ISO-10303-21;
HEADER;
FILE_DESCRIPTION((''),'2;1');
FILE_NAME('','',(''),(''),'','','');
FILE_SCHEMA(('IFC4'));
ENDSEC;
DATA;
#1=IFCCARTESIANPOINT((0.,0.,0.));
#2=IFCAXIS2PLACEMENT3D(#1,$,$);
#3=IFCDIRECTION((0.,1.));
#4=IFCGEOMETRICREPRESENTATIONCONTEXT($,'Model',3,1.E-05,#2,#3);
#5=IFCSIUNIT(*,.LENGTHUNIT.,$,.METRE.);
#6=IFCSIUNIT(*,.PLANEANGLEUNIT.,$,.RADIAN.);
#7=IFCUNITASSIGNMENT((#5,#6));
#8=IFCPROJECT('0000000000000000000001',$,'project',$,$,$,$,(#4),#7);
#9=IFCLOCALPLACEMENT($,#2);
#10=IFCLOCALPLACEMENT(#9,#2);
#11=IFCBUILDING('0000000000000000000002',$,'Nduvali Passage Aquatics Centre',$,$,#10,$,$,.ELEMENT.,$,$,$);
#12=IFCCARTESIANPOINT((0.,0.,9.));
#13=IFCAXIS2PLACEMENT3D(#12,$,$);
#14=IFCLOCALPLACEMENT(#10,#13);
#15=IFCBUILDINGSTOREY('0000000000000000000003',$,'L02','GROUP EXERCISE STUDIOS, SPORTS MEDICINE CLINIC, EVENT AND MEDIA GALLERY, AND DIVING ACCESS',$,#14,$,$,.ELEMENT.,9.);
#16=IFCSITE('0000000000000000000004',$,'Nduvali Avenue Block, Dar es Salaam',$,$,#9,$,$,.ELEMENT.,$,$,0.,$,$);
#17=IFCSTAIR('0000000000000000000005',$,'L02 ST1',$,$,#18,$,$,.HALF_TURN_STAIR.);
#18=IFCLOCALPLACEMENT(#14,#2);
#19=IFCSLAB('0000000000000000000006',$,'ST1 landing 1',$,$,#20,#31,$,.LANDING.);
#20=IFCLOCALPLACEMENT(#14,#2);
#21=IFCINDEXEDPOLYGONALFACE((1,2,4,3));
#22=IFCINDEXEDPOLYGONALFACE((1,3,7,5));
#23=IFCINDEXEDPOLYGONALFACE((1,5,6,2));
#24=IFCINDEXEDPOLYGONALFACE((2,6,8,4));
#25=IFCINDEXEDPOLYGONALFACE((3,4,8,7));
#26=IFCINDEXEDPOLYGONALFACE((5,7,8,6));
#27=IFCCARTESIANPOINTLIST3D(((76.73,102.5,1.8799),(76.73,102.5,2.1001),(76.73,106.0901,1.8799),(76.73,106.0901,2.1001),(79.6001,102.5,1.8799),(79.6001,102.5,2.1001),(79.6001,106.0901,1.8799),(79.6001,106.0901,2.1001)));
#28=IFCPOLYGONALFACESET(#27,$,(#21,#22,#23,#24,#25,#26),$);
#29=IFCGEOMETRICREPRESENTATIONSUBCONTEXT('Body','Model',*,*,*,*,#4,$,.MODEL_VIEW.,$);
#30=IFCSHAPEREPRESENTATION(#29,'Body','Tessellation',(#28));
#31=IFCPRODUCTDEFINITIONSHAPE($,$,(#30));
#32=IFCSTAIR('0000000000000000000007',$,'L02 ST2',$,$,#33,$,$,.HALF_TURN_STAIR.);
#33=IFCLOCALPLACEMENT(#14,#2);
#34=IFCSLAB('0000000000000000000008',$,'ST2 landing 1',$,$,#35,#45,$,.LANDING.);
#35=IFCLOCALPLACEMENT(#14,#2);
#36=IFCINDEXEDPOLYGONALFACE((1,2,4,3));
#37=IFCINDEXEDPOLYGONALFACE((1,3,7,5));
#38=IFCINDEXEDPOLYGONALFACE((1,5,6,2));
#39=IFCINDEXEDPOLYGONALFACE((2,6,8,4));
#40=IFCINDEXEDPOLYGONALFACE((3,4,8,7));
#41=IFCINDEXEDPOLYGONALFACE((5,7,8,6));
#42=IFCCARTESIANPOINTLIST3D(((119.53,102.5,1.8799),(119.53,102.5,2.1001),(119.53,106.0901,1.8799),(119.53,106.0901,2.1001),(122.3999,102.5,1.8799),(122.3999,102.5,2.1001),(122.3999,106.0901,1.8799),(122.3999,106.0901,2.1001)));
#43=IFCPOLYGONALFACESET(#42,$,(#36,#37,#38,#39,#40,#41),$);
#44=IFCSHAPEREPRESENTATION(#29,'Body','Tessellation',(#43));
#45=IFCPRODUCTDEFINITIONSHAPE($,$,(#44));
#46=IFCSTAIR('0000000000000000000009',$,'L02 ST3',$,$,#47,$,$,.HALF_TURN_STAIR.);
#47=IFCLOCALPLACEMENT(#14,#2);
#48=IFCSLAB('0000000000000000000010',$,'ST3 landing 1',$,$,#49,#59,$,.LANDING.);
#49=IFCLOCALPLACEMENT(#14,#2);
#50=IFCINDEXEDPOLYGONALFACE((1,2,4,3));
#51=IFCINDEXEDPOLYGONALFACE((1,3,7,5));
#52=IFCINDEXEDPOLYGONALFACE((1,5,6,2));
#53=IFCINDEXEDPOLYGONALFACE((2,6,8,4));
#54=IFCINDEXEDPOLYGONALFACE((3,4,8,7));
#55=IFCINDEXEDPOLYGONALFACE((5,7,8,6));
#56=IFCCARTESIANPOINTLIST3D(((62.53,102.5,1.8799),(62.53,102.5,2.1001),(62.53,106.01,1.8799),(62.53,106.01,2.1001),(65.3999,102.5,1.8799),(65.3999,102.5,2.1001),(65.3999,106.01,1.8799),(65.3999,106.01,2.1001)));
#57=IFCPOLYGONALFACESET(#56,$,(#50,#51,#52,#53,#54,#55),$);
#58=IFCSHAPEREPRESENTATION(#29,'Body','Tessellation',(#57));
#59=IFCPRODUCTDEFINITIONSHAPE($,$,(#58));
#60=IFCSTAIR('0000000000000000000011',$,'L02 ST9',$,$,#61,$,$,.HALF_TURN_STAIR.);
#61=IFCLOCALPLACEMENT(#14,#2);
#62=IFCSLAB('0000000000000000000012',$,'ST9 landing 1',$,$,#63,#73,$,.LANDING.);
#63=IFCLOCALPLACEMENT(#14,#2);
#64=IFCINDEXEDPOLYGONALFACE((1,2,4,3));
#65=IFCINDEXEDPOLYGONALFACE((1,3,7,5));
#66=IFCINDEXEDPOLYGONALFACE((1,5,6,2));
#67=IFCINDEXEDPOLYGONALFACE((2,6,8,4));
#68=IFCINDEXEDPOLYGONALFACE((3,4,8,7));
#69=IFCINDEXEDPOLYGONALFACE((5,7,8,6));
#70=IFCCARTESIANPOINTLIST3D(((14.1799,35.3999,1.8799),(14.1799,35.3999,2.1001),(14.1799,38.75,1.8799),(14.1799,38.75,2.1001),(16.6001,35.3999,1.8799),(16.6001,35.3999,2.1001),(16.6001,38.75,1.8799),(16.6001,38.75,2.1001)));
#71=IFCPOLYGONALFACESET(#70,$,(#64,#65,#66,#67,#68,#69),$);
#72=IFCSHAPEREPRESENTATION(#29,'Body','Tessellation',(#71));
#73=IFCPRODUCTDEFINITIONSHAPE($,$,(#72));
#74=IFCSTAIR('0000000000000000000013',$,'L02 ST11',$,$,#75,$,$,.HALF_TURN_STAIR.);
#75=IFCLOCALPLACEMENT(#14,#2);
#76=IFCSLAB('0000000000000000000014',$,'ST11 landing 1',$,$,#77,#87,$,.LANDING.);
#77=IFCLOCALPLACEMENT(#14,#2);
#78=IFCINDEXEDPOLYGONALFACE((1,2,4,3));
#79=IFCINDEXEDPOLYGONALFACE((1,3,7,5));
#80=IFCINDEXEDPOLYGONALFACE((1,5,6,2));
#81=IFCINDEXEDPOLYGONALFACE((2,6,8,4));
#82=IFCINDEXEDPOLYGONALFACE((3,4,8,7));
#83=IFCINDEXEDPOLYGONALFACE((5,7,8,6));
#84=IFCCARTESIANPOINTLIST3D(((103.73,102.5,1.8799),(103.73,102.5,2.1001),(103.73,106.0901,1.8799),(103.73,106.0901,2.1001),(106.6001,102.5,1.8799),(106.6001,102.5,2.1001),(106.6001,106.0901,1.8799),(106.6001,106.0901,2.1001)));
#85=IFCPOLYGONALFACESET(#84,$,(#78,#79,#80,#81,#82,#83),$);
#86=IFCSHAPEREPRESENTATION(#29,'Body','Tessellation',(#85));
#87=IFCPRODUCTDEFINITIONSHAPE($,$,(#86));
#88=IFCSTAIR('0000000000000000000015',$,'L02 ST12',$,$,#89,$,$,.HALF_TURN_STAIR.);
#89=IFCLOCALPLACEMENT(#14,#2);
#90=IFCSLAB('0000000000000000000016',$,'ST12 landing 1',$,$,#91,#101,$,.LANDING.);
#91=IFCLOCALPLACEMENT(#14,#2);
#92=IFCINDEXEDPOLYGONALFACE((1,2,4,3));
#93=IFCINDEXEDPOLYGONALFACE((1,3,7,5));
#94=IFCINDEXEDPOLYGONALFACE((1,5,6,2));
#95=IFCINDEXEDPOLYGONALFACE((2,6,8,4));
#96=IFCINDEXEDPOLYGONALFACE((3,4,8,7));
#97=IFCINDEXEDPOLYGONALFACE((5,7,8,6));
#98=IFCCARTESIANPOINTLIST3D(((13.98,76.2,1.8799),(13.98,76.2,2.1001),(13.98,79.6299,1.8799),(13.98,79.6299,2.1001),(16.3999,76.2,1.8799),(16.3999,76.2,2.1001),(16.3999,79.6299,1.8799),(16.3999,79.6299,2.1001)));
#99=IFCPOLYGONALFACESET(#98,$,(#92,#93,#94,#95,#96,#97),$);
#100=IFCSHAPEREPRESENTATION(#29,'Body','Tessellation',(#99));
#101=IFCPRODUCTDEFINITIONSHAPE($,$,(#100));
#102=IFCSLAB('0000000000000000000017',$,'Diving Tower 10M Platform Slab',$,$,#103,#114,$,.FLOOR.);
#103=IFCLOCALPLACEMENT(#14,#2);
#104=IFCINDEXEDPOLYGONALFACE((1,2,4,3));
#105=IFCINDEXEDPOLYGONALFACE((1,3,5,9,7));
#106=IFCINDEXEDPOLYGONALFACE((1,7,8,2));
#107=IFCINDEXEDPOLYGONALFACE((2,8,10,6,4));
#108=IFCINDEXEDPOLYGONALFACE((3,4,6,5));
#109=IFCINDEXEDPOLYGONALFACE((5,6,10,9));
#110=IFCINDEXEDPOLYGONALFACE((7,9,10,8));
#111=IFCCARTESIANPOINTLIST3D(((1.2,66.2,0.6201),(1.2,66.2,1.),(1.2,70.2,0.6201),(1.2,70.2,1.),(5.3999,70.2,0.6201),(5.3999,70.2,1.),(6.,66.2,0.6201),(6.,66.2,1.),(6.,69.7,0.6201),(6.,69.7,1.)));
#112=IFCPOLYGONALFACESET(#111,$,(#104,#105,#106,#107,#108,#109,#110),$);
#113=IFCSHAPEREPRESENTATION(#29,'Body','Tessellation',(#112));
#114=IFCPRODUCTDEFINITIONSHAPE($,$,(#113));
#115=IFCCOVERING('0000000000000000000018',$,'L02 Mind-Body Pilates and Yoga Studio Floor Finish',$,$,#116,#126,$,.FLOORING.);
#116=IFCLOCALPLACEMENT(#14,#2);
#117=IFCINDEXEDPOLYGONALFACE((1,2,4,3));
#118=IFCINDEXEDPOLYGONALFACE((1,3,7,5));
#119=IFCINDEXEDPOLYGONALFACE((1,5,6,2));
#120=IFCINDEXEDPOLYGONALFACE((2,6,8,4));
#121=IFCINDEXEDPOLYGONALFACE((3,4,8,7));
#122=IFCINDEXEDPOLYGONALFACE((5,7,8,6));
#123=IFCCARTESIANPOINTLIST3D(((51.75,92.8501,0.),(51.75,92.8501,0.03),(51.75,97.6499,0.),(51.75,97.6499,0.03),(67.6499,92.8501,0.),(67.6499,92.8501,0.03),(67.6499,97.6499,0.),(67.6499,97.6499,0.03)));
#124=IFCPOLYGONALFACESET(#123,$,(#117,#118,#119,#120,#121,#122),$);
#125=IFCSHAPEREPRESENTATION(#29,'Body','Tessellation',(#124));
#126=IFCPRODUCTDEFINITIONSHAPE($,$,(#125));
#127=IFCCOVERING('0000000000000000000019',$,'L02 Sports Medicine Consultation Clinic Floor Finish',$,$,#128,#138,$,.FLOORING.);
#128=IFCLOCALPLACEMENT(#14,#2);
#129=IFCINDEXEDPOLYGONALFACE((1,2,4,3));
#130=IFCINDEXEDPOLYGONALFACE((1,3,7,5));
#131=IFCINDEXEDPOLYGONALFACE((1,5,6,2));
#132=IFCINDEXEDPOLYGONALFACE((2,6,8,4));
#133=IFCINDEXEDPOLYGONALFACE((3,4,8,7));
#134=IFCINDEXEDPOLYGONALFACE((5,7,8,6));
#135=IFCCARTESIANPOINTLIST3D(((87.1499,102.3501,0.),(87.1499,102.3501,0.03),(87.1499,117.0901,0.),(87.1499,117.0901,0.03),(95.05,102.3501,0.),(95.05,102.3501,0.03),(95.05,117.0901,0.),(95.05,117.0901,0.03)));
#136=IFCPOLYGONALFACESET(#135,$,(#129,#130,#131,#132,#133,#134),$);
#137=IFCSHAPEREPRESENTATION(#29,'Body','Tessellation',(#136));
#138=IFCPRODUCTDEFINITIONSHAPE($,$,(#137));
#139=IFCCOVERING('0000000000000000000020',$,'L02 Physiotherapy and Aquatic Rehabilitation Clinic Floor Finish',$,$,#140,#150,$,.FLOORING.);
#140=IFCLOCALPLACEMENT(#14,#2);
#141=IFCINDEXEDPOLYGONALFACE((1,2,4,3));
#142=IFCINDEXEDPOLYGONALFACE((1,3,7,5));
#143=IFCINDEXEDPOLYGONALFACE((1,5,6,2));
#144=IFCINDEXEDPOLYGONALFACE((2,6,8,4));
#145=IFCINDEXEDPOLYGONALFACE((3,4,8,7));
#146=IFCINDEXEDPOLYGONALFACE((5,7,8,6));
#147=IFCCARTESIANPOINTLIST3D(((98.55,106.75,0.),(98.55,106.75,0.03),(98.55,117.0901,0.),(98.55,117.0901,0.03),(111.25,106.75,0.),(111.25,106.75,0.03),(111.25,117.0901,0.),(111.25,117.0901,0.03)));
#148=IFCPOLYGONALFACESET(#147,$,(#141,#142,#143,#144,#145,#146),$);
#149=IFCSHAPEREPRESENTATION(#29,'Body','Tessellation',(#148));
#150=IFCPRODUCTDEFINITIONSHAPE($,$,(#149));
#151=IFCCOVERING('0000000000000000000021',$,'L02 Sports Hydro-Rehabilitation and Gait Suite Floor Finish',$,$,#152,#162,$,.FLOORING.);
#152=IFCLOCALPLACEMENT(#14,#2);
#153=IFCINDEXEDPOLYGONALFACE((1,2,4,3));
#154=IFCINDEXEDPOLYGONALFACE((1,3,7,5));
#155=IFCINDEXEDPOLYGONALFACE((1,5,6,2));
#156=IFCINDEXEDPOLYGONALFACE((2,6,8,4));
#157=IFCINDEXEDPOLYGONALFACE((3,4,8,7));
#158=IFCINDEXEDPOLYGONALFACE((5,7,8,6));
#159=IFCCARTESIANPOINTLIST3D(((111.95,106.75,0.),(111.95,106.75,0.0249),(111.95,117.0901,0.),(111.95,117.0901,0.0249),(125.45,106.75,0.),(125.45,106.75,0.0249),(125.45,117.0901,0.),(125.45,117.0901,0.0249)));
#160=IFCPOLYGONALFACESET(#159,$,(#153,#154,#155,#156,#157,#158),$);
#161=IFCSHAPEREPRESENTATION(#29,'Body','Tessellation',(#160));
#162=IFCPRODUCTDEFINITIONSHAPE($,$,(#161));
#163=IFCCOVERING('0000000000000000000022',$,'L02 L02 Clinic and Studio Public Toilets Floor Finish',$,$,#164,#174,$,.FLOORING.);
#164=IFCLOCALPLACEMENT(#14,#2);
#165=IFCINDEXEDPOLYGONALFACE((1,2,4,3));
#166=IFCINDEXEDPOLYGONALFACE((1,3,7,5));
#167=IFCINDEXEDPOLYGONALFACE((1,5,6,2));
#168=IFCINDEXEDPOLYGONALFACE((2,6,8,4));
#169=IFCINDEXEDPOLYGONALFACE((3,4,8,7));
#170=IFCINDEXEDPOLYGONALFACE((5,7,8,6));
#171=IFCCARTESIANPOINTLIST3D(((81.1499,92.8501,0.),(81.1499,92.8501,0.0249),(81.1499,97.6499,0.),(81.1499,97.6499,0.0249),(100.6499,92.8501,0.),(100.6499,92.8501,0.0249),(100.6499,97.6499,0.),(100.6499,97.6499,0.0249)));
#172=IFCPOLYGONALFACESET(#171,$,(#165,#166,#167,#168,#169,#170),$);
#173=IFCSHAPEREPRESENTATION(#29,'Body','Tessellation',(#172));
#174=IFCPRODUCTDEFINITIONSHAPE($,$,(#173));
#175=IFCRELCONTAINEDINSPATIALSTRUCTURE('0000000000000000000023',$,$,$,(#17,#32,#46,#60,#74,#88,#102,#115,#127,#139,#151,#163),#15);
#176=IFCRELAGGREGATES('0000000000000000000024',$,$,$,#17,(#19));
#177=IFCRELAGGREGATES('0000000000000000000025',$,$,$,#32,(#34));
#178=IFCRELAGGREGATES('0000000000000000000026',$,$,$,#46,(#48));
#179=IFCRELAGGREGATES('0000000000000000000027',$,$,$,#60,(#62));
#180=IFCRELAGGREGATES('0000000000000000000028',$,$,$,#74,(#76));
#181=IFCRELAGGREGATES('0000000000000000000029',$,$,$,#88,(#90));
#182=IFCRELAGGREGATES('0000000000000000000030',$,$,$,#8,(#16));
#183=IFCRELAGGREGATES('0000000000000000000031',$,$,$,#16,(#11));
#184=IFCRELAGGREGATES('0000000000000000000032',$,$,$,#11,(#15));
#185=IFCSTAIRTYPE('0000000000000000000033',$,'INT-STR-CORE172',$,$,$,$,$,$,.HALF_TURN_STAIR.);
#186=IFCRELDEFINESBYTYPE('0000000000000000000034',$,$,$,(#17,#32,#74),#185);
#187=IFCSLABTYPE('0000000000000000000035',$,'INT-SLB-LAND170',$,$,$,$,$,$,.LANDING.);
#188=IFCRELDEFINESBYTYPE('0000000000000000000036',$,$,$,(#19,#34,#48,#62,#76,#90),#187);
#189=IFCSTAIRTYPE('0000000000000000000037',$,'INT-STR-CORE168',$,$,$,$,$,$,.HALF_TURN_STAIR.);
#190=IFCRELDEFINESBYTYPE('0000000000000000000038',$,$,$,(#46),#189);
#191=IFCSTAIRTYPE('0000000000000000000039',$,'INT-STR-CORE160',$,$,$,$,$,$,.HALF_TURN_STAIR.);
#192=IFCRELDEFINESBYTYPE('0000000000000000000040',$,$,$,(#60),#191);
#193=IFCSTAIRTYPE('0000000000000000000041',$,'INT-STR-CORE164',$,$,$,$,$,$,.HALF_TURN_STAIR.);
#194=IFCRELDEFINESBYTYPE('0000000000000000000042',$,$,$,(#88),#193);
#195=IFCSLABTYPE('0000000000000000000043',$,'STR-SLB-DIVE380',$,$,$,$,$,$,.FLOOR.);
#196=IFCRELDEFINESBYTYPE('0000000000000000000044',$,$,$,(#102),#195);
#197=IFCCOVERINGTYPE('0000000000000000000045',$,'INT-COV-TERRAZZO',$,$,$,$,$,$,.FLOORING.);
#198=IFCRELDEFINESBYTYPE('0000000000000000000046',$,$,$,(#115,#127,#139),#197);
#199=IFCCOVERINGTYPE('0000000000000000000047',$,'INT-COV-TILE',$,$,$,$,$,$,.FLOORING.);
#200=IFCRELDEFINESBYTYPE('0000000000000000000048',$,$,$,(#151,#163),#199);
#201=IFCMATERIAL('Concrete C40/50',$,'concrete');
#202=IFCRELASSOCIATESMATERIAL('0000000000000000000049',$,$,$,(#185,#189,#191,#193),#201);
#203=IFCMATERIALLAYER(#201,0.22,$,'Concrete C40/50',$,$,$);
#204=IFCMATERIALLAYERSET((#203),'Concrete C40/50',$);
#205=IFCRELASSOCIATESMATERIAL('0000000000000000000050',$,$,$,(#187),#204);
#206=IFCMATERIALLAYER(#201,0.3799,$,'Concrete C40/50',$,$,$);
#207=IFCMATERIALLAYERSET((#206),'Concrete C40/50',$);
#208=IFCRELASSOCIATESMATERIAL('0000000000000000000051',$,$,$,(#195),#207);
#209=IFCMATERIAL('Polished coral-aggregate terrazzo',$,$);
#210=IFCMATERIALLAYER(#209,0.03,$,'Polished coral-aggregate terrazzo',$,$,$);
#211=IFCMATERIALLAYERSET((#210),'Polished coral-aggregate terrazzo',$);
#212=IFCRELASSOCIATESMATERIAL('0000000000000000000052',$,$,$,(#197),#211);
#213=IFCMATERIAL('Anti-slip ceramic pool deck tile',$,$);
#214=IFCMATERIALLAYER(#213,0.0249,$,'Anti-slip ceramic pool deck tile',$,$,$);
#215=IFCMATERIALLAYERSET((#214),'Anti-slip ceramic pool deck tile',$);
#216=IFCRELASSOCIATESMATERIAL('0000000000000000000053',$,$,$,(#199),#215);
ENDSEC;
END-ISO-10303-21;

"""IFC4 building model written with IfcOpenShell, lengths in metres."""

from ifc_helpers import new_model, si_unit, direction, frame, origin, place, context, subcontext, project, spatial, polyline, outline, extrude, material, layer, layer_set, type_object, element, aggregate, save


model = new_model("IFC4")

# Units and contexts
model_context = context("Model", 3, precision=1e-05, world=origin(), true_north=direction((0.0, 1.0)))
body_context = subcontext(model_context, "Body", "Model", "MODEL_VIEW")
ifc_project = project(units=[si_unit("LENGTHUNIT", "METRE"), si_unit("PLANEANGLEUNIT", "RADIAN")], contexts=[model_context])

# Site, building, storey
site_placement = place(None, origin())
site = spatial("IfcSite", under=ifc_project, at=site_placement, Name="Nduvali Avenue Block, Dar es Salaam", CompositionType="ELEMENT", RefElevation=0.0)
building_placement = place(site_placement, origin())
building = spatial("IfcBuilding", under=site, at=building_placement, Name="Nduvali Passage Aquatics Centre", CompositionType="ELEMENT")
storey_placement = place(building_placement, frame((0.0, 0.0, 9.0)))
storey = spatial("IfcBuildingStorey", under=building, at=storey_placement, Name="L02", Description="GROUP EXERCISE STUDIOS, SPORTS MEDICINE CLINIC, EVENT AND MEDIA GALLERY, AND DIVING ACCESS", CompositionType="ELEMENT", Elevation=9.0)

# Stairs, slabs
ifc_material_1 = material(Name="Concrete C40/50", Category="concrete")
stair_type_1 = type_object("IfcStairType", Name="INT-STR-CORE172", PredefinedType="HALF_TURN_STAIR", material=ifc_material_1)
stair_1_placement = place(storey_placement, origin())
stair_1 = element("IfcStair", 1, at=stair_1_placement, inside=storey, type_object=stair_type_1, Name="L02 ST1", PredefinedType="HALF_TURN_STAIR")
ifc_layer_1 = layer(ifc_material_1, 0.22, Name="Concrete C40/50")
ifc_layer_set_1 = layer_set([ifc_layer_1], Name="Concrete C40/50")
slab_type_1 = type_object("IfcSlabType", Name="INT-SLB-LAND170", PredefinedType="LANDING", material=ifc_layer_set_1)
slab_1_placement = place(storey_placement, frame((0.0, 0.0, 1.8799)))
slab_1 = element("IfcSlab", 2, at=slab_1_placement, type_object=slab_type_1, Name="ST1 landing 1", PredefinedType="LANDING", context=body_context, shape_type="SweptSolid", body=[
    extrude(outline(polyline([(76.73, 102.5), (79.6001, 102.5), (79.6001, 106.0901), (76.73, 106.0901), (76.73, 102.5)])), origin(), (0.0, 0.0, 1.0), 0.2202),
])
aggregate(stair_1, [slab_1])
stair_2_placement = place(storey_placement, origin())
stair_2 = element("IfcStair", 3, at=stair_2_placement, inside=storey, type_object=stair_type_1, Name="L02 ST2", PredefinedType="HALF_TURN_STAIR")
slab_2_placement = place(storey_placement, frame((0.0, 0.0, 1.8799)))
slab_2 = element("IfcSlab", 4, at=slab_2_placement, type_object=slab_type_1, Name="ST2 landing 1", PredefinedType="LANDING", context=body_context, shape_type="SweptSolid", body=[
    extrude(outline(polyline([(119.53, 102.5), (122.3999, 102.5), (122.3999, 106.0901), (119.53, 106.0901), (119.53, 102.5)])), origin(), (0.0, 0.0, 1.0), 0.2202),
])
aggregate(stair_2, [slab_2])
stair_type_2 = type_object("IfcStairType", Name="INT-STR-CORE168", PredefinedType="HALF_TURN_STAIR", material=ifc_material_1)
stair_3_placement = place(storey_placement, origin())
stair_3 = element("IfcStair", 5, at=stair_3_placement, inside=storey, type_object=stair_type_2, Name="L02 ST3", PredefinedType="HALF_TURN_STAIR")
slab_3_placement = place(storey_placement, frame((0.0, 0.0, 1.8799)))
slab_3 = element("IfcSlab", 6, at=slab_3_placement, type_object=slab_type_1, Name="ST3 landing 1", PredefinedType="LANDING", context=body_context, shape_type="SweptSolid", body=[
    extrude(outline(polyline([(62.53, 102.5), (65.3999, 102.5), (65.3999, 106.01), (62.53, 106.01), (62.53, 102.5)])), origin(), (0.0, 0.0, 1.0), 0.2202),
])
aggregate(stair_3, [slab_3])
stair_type_3 = type_object("IfcStairType", Name="INT-STR-CORE160", PredefinedType="HALF_TURN_STAIR", material=ifc_material_1)
stair_4_placement = place(storey_placement, origin())
stair_4 = element("IfcStair", 7, at=stair_4_placement, inside=storey, type_object=stair_type_3, Name="L02 ST9", PredefinedType="HALF_TURN_STAIR")
slab_4_placement = place(storey_placement, frame((0.0, 0.0, 1.8799)))
slab_4 = element("IfcSlab", 8, at=slab_4_placement, type_object=slab_type_1, Name="ST9 landing 1", PredefinedType="LANDING", context=body_context, shape_type="SweptSolid", body=[
    extrude(outline(polyline([(14.1799, 35.3999), (16.6001, 35.3999), (16.6001, 38.75), (14.1799, 38.75), (14.1799, 35.3999)])), origin(), (0.0, 0.0, 1.0), 0.2202),
])
aggregate(stair_4, [slab_4])
stair_5_placement = place(storey_placement, origin())
stair_5 = element("IfcStair", 9, at=stair_5_placement, inside=storey, type_object=stair_type_1, Name="L02 ST11", PredefinedType="HALF_TURN_STAIR")
slab_5_placement = place(storey_placement, frame((0.0, 0.0, 1.8799)))
slab_5 = element("IfcSlab", 10, at=slab_5_placement, type_object=slab_type_1, Name="ST11 landing 1", PredefinedType="LANDING", context=body_context, shape_type="SweptSolid", body=[
    extrude(outline(polyline([(103.73, 102.5), (106.6001, 102.5), (106.6001, 106.0901), (103.73, 106.0901), (103.73, 102.5)])), origin(), (0.0, 0.0, 1.0), 0.2202),
])
aggregate(stair_5, [slab_5])
stair_type_4 = type_object("IfcStairType", Name="INT-STR-CORE164", PredefinedType="HALF_TURN_STAIR", material=ifc_material_1)
stair_6_placement = place(storey_placement, origin())
stair_6 = element("IfcStair", 11, at=stair_6_placement, inside=storey, type_object=stair_type_4, Name="L02 ST12", PredefinedType="HALF_TURN_STAIR")
slab_6_placement = place(storey_placement, frame((0.0, 0.0, 1.8799)))
slab_6 = element("IfcSlab", 12, at=slab_6_placement, type_object=slab_type_1, Name="ST12 landing 1", PredefinedType="LANDING", context=body_context, shape_type="SweptSolid", body=[
    extrude(outline(polyline([(13.98, 76.2), (16.3999, 76.2), (16.3999, 79.6299), (13.98, 79.6299), (13.98, 76.2)])), origin(), (0.0, 0.0, 1.0), 0.2202),
])
aggregate(stair_6, [slab_6])

# Slab
ifc_layer_2 = layer(ifc_material_1, 0.3799, Name="Concrete C40/50")
ifc_layer_set_2 = layer_set([ifc_layer_2], Name="Concrete C40/50")
slab_type_2 = type_object("IfcSlabType", Name="STR-SLB-DIVE380", PredefinedType="FLOOR", material=ifc_layer_set_2)
slab_7_placement = place(storey_placement, frame((0.0, 0.0, 0.6201)))
element("IfcSlab", 13, at=slab_7_placement, inside=storey, type_object=slab_type_2, Name="Diving Tower 10M Platform Slab", PredefinedType="FLOOR", context=body_context, shape_type="SweptSolid", body=[
    extrude(outline(polyline([(1.2, 66.2), (6.0, 66.2), (6.0, 69.7), (5.3999, 70.2), (1.2, 70.2), (1.2, 66.2)])), origin(), (0.0, 0.0, 1.0), 0.3799),
])

# Coverings
ifc_material_2 = material(Name="Polished coral-aggregate terrazzo")
ifc_layer_3 = layer(ifc_material_2, 0.03, Name="Polished coral-aggregate terrazzo")
ifc_layer_set_3 = layer_set([ifc_layer_3], Name="Polished coral-aggregate terrazzo")
covering_type_1 = type_object("IfcCoveringType", Name="INT-COV-TERRAZZO", PredefinedType="FLOORING", material=ifc_layer_set_3)
covering_1_placement = place(storey_placement, origin())
element("IfcCovering", 14, at=covering_1_placement, inside=storey, type_object=covering_type_1, Name="L02 Mind-Body Pilates and Yoga Studio Floor Finish", PredefinedType="FLOORING", context=body_context, shape_type="SweptSolid", body=[
    extrude(outline(polyline([(51.75, 92.8501), (67.6499, 92.8501), (67.6499, 97.6499), (51.75, 97.6499), (51.75, 92.8501)])), origin(), (0.0, 0.0, 1.0), 0.03),
])
covering_2_placement = place(storey_placement, origin())
element("IfcCovering", 15, at=covering_2_placement, inside=storey, type_object=covering_type_1, Name="L02 Sports Medicine Consultation Clinic Floor Finish", PredefinedType="FLOORING", context=body_context, shape_type="SweptSolid", body=[
    extrude(outline(polyline([(87.1499, 102.3501), (95.05, 102.3501), (95.05, 117.0901), (87.1499, 117.0901), (87.1499, 102.3501)])), origin(), (0.0, 0.0, 1.0), 0.03),
])
covering_3_placement = place(storey_placement, origin())
element("IfcCovering", 16, at=covering_3_placement, inside=storey, type_object=covering_type_1, Name="L02 Physiotherapy and Aquatic Rehabilitation Clinic Floor Finish", PredefinedType="FLOORING", context=body_context, shape_type="SweptSolid", body=[
    extrude(outline(polyline([(98.55, 106.75), (111.25, 106.75), (111.25, 117.0901), (98.55, 117.0901), (98.55, 106.75)])), origin(), (0.0, 0.0, 1.0), 0.03),
])
ifc_material_3 = material(Name="Anti-slip ceramic pool deck tile")
ifc_layer_4 = layer(ifc_material_3, 0.0249, Name="Anti-slip ceramic pool deck tile")
ifc_layer_set_4 = layer_set([ifc_layer_4], Name="Anti-slip ceramic pool deck tile")
covering_type_2 = type_object("IfcCoveringType", Name="INT-COV-TILE", PredefinedType="FLOORING", material=ifc_layer_set_4)
covering_4_placement = place(storey_placement, origin())
element("IfcCovering", 17, at=covering_4_placement, inside=storey, type_object=covering_type_2, Name="L02 Sports Hydro-Rehabilitation and Gait Suite Floor Finish", PredefinedType="FLOORING", context=body_context, shape_type="SweptSolid", body=[
    extrude(outline(polyline([(111.95, 106.75), (125.45, 106.75), (125.45, 117.0901), (111.95, 117.0901), (111.95, 106.75)])), origin(), (0.0, 0.0, 1.0), 0.0249),
])
covering_5_placement = place(storey_placement, origin())
element("IfcCovering", 18, at=covering_5_placement, inside=storey, type_object=covering_type_2, Name="L02 L02 Clinic and Studio Public Toilets Floor Finish", PredefinedType="FLOORING", context=body_context, shape_type="SweptSolid", body=[
    extrude(outline(polyline([(81.1499, 92.8501), (100.6499, 92.8501), (100.6499, 97.6499), (81.1499, 97.6499), (81.1499, 92.8501)])), origin(), (0.0, 0.0, 1.0), 0.0249),
])

save(model, "model.ifc")
